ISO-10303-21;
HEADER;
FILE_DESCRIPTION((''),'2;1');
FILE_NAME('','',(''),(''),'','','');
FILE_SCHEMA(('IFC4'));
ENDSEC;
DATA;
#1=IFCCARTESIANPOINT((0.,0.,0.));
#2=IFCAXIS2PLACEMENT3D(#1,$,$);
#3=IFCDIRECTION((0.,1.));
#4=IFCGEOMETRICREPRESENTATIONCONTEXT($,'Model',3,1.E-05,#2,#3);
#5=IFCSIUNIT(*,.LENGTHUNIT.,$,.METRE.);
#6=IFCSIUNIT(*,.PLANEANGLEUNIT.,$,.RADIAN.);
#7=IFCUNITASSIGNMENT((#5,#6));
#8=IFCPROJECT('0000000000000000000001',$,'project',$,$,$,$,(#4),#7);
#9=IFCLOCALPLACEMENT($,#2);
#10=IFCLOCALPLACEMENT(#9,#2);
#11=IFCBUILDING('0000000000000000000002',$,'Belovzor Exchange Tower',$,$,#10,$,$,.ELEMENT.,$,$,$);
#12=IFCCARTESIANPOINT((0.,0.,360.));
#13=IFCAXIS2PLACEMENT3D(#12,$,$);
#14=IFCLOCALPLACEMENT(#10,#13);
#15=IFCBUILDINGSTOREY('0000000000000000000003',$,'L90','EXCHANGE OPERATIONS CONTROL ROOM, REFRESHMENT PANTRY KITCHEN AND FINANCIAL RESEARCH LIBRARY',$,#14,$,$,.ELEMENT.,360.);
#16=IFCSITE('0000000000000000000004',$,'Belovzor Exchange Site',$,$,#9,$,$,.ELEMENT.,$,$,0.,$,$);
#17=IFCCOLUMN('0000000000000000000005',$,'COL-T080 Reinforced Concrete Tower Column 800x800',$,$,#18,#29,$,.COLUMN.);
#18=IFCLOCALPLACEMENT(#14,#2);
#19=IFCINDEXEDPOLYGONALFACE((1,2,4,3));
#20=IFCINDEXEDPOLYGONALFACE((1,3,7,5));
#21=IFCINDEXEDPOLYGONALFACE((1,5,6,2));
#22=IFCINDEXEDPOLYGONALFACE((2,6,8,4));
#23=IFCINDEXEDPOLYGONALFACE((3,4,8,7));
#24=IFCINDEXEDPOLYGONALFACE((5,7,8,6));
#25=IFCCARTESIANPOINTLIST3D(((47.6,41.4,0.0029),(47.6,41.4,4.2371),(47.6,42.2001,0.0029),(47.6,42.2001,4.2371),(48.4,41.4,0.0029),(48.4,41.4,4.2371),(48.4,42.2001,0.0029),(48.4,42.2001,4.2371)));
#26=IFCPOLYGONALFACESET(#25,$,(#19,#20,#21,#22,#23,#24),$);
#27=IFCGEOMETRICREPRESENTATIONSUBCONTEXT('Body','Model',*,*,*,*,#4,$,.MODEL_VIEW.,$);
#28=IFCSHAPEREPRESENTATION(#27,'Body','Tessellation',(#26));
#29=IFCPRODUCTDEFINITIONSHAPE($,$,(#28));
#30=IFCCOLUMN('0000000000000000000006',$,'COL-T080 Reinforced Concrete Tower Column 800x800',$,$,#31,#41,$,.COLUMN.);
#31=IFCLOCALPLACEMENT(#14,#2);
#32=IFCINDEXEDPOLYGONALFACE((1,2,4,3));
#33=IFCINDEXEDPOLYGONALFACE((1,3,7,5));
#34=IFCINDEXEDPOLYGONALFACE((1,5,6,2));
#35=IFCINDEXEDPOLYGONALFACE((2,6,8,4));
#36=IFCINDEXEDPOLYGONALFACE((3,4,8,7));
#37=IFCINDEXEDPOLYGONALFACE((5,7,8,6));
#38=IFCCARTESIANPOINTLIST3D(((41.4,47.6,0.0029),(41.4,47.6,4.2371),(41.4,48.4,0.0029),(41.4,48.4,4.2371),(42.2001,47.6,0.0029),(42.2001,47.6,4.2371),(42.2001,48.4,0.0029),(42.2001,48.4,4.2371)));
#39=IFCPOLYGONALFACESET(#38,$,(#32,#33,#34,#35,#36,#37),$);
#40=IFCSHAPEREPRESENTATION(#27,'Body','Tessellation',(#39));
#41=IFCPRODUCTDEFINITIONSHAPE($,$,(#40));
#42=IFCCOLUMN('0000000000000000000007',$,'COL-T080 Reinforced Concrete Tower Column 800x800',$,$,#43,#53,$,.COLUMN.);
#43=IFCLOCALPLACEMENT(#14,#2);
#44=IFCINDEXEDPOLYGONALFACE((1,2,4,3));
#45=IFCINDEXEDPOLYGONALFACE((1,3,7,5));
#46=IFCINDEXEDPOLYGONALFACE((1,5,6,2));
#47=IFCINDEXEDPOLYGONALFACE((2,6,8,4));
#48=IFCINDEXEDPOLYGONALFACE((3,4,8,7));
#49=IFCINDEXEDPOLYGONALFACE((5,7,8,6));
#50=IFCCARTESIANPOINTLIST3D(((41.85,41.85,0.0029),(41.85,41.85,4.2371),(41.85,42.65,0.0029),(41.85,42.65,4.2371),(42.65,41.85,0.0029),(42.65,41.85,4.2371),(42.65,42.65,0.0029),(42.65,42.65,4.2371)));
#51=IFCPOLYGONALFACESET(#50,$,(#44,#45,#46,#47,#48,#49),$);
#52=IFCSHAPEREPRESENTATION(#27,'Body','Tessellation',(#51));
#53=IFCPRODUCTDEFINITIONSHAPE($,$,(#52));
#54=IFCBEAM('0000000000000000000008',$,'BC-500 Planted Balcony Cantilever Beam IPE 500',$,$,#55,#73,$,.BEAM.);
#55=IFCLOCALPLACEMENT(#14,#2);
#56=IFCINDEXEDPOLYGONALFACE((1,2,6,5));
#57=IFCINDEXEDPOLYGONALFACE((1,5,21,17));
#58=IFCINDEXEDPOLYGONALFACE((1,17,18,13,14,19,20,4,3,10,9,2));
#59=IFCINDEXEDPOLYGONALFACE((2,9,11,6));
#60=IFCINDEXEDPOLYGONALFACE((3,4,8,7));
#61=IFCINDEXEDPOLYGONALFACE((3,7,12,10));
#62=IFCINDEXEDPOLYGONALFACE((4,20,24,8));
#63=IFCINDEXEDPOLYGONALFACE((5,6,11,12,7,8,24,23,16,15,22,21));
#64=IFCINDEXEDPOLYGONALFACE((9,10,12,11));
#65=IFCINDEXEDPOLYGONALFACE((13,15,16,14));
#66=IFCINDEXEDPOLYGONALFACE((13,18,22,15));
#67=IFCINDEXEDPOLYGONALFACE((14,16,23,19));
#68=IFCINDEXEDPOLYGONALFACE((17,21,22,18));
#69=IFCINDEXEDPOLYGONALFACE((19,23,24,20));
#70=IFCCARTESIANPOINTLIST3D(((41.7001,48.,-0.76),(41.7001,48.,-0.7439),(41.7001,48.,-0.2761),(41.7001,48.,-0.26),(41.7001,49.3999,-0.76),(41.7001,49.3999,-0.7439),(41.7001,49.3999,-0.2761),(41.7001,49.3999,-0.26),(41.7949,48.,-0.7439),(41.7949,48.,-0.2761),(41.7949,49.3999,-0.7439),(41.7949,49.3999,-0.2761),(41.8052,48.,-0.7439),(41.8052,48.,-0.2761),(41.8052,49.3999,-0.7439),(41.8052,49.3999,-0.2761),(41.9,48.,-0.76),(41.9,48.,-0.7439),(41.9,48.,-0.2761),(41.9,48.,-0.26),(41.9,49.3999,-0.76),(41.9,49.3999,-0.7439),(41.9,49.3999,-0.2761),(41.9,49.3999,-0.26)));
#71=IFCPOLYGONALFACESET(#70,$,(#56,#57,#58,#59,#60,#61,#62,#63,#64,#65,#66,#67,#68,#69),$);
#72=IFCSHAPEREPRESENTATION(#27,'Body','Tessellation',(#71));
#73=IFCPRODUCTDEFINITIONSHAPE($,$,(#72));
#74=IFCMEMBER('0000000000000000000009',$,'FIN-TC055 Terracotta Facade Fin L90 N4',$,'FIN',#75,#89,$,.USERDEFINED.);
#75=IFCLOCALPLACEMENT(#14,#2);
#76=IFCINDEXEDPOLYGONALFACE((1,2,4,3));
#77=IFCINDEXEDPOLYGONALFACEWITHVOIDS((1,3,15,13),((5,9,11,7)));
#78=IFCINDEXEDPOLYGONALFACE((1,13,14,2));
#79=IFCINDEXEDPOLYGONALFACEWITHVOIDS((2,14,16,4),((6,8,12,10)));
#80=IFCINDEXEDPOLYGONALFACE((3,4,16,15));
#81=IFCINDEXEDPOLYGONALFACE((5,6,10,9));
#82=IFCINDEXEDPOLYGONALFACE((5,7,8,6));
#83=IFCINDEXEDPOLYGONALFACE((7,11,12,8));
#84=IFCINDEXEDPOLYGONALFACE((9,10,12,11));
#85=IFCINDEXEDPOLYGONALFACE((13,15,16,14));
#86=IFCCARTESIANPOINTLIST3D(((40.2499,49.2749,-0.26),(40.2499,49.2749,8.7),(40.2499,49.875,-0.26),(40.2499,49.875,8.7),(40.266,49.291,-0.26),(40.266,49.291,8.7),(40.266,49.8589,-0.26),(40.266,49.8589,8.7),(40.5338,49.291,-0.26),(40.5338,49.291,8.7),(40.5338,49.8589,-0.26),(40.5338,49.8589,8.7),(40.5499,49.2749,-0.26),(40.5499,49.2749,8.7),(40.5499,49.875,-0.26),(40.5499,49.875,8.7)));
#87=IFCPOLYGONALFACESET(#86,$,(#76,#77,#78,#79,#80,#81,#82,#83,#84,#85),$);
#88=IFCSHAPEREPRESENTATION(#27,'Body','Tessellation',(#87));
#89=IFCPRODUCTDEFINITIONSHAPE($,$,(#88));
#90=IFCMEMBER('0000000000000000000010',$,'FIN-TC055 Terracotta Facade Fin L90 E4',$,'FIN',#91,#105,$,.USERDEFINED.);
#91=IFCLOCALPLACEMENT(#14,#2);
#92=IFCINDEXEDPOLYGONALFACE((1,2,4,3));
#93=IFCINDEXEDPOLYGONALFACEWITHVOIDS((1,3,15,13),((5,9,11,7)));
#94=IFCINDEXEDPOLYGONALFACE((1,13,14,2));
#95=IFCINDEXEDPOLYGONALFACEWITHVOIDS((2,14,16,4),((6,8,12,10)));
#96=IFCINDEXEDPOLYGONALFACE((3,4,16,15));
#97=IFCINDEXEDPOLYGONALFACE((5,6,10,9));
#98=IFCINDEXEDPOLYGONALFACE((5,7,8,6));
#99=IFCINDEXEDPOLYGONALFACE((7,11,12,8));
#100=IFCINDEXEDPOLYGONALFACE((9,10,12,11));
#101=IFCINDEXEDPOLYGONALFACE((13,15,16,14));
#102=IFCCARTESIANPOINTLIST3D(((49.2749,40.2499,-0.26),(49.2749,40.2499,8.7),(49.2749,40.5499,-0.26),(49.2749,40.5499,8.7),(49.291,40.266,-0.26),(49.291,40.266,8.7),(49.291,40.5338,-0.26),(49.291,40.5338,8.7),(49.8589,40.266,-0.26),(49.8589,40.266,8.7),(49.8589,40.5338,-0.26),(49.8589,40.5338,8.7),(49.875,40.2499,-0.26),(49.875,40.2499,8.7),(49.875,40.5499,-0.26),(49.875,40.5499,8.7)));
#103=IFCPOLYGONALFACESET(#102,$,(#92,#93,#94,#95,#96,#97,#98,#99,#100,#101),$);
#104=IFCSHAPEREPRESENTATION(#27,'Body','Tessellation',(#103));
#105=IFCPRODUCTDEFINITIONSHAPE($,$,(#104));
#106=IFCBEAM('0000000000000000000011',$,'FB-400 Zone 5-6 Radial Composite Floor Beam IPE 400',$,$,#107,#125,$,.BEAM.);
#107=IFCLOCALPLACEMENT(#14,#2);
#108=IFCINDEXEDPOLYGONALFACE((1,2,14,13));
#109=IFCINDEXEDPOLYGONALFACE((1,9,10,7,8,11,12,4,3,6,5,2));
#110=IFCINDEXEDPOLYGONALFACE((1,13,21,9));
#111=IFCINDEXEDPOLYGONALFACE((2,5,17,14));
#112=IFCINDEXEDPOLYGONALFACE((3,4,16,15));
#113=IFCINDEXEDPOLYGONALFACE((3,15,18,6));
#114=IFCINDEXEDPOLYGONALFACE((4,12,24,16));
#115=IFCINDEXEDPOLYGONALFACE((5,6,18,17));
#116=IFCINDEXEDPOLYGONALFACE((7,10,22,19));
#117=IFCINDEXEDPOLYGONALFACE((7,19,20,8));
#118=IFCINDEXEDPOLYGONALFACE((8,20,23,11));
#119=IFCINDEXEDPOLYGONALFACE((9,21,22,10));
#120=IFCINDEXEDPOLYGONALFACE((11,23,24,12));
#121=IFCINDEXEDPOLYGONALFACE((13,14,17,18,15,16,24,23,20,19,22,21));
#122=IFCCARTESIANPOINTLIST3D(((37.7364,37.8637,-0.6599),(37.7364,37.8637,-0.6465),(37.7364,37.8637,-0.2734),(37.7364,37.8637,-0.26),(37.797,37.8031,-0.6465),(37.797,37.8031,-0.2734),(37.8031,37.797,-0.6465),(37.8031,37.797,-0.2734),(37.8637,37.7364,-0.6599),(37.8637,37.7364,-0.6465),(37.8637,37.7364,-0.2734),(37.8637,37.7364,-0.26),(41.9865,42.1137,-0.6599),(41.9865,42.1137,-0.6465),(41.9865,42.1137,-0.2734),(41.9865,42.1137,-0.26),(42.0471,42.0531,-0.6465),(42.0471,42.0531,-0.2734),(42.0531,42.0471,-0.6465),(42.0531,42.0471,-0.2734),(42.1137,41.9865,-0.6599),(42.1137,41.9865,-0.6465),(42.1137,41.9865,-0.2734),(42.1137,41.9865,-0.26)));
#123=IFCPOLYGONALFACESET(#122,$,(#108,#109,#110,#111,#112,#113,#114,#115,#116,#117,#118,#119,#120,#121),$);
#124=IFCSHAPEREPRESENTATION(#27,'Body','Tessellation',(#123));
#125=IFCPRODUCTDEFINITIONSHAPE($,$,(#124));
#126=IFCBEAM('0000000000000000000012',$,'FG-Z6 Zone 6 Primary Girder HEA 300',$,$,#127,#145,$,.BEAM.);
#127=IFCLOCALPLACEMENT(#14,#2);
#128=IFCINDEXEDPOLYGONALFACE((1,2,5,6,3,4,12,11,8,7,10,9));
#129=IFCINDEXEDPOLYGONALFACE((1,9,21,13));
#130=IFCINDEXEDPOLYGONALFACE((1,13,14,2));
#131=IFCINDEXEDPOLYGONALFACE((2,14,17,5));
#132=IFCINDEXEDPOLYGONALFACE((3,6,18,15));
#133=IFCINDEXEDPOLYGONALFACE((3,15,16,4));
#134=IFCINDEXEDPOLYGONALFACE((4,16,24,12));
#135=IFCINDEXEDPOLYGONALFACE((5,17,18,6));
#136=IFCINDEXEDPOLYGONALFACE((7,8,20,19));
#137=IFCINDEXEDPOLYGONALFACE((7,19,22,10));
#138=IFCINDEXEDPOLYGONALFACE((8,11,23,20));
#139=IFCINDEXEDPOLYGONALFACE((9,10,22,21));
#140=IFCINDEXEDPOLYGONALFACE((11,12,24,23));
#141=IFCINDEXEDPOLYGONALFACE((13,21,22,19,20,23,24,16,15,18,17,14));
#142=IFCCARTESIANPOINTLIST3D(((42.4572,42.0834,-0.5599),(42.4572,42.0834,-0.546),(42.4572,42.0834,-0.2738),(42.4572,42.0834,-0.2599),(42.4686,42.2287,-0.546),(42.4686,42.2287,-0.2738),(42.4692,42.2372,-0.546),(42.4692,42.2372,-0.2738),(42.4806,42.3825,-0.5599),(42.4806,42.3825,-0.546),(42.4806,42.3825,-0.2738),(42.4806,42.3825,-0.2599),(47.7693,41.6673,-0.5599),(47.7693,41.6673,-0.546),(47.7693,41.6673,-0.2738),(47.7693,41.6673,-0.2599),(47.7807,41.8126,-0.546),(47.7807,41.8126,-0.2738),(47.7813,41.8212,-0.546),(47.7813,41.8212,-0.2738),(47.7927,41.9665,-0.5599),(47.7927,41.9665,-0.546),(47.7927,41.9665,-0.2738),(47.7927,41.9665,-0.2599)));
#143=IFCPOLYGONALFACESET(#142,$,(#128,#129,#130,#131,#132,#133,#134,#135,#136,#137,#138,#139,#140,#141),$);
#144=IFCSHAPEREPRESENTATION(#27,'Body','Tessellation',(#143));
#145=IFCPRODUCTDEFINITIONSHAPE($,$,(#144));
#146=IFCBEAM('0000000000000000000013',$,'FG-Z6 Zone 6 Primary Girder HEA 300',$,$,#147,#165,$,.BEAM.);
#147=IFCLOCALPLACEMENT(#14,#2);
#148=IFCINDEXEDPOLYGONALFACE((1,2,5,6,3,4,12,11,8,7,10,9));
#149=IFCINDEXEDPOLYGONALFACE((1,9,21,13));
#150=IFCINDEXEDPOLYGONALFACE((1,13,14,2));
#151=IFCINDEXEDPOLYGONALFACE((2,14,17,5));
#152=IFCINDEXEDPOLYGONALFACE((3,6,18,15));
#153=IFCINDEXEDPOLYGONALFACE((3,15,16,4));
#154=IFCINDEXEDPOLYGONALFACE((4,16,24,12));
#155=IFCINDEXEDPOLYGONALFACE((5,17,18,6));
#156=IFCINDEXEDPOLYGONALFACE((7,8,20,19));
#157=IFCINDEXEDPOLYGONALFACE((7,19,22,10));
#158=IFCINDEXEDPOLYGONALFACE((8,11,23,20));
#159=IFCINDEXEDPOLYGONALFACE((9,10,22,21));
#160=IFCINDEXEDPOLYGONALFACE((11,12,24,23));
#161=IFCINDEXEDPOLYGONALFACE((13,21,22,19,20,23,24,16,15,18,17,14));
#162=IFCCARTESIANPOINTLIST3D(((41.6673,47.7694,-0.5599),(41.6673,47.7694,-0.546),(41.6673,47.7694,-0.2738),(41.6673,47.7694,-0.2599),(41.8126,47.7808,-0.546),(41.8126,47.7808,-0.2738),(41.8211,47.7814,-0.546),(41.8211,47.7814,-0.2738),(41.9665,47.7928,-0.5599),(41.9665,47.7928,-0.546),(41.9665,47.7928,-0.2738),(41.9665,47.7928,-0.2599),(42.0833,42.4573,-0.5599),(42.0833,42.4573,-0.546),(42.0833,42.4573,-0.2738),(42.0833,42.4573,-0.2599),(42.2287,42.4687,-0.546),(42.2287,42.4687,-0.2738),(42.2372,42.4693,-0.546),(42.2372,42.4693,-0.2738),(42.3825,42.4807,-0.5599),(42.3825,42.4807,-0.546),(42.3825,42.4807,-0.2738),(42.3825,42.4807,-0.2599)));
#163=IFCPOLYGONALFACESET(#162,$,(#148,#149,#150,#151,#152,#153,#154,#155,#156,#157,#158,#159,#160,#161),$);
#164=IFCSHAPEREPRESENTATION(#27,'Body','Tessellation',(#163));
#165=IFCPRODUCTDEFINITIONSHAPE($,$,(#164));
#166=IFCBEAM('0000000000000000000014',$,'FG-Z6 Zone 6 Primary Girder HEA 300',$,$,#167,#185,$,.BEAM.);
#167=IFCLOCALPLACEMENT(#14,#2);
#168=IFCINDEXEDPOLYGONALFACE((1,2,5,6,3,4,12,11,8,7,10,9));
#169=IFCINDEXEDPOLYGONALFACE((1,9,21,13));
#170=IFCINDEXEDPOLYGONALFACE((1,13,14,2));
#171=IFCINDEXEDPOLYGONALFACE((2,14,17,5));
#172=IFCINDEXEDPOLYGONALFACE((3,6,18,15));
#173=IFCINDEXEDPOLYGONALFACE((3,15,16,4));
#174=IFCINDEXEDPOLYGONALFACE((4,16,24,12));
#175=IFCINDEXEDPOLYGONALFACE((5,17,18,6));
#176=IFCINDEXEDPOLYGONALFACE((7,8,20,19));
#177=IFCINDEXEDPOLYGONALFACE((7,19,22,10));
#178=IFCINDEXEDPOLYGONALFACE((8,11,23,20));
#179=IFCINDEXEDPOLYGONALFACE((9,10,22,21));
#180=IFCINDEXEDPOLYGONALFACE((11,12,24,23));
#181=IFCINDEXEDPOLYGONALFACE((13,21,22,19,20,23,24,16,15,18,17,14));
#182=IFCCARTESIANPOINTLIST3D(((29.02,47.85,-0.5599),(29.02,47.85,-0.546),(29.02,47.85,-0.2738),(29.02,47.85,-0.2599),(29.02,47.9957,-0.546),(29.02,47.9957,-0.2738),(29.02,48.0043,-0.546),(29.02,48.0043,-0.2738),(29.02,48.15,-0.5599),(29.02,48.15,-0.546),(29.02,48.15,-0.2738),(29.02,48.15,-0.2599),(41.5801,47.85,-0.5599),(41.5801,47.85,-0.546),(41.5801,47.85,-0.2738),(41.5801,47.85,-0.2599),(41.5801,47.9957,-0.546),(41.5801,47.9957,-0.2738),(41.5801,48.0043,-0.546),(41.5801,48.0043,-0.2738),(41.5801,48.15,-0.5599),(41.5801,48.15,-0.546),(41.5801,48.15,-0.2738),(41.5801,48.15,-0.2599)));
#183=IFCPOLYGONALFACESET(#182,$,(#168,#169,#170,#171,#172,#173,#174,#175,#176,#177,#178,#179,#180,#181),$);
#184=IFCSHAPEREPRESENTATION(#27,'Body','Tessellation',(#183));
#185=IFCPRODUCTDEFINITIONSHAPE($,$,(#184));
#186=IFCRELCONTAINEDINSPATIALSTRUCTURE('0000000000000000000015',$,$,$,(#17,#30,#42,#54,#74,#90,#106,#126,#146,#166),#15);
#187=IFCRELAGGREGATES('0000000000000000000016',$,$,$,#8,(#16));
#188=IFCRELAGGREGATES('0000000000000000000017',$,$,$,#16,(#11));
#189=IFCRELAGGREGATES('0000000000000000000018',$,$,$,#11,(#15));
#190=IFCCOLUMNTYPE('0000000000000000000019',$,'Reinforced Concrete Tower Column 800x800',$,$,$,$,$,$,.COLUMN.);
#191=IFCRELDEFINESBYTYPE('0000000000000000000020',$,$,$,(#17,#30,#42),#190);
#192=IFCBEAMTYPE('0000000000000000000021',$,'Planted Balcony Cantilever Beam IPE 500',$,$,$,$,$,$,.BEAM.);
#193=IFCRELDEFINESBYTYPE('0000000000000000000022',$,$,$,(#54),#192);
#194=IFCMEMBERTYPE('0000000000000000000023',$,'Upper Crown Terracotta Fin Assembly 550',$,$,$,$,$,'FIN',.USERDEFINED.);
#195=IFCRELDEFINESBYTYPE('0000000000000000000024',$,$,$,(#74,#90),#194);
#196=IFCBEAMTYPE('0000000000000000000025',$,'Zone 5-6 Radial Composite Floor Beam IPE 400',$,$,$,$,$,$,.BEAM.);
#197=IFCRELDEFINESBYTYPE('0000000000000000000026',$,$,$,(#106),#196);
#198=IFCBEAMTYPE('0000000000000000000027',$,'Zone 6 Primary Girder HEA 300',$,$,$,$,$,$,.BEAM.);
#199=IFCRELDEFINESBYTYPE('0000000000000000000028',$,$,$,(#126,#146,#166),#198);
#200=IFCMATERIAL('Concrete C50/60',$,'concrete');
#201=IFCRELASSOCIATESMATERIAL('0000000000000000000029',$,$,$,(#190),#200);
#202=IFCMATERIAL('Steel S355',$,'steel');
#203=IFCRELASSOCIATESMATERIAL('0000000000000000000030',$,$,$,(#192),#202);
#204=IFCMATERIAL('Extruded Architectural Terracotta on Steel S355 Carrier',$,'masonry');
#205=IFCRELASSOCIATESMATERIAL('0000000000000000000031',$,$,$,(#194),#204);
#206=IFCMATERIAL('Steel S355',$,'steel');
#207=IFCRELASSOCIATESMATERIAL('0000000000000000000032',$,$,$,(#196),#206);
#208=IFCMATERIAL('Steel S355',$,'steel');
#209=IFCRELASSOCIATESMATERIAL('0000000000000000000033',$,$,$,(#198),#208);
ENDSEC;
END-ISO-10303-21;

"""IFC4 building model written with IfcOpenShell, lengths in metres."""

from ifc_helpers import new_model, si_unit, direction, frame, origin, origin_2d, place, context, subcontext, project, spatial, rectangle, hollow_rectangle, i_section, extrude, material, material_profile, profile_set, type_object, element, save


model = new_model("IFC4")

# Units and contexts
model_context = context("Model", 3, precision=1e-05, world=origin(), true_north=direction((0.0, 1.0)))
body_context = subcontext(model_context, "Body", "Model", "MODEL_VIEW")
ifc_project = project(units=[si_unit("LENGTHUNIT", "METRE"), si_unit("PLANEANGLEUNIT", "RADIAN")], contexts=[model_context])

# Site, building, storey
site_placement = place(None, origin())
site = spatial("IfcSite", under=ifc_project, at=site_placement, Name="Belovzor Exchange Site", CompositionType="ELEMENT", RefElevation=0.0)
building_placement = place(site_placement, origin())
building = spatial("IfcBuilding", under=site, at=building_placement, Name="Belovzor Exchange Tower", CompositionType="ELEMENT")
storey_placement = place(building_placement, frame((0.0, 0.0, 360.0)))
storey = spatial("IfcBuildingStorey", under=building, at=storey_placement, Name="L90", Description="EXCHANGE OPERATIONS CONTROL ROOM, REFRESHMENT PANTRY KITCHEN AND FINANCIAL RESEARCH LIBRARY", CompositionType="ELEMENT", Elevation=360.0)

# Columns
ifc_material_1 = material(Name="Concrete C50/60", Category="concrete")
ifc_material_profile_1 = material_profile(ifc_material_1, rectangle(XDim=0.8, YDim=0.8, at=origin_2d()))
ifc_profile_set_1 = profile_set([ifc_material_profile_1], Name="Concrete C50/60")
column_type = type_object("IfcColumnType", Name="Reinforced Concrete Tower Column 800x800", PredefinedType="COLUMN", material=ifc_profile_set_1)
for number, where, z_axis, x_axis, name in (
    (1, (48.0, 41.8, 0.0029), (0.0, 0.0, 1.0), (1.0, 0.0, 0.0), "COL-T080 Reinforced Concrete Tower Column 800x800"),
    (2, (41.8, 48.0, 0.0029), (0.0, 0.0, 1.0), (1.0, 0.0, 0.0), "COL-T080 Reinforced Concrete Tower Column 800x800"),
    (3, (42.25, 42.25, 0.0029), (0.0, 0.0, 1.0), (1.0, 0.0, 0.0), "COL-T080 Reinforced Concrete Tower Column 800x800"),
):
    element("IfcColumn", number, at=place(storey_placement, frame(where, z_axis=z_axis, x_axis=x_axis)), inside=storey, type_object=column_type, Name=name, PredefinedType="COLUMN", context=body_context, shape_type="SweptSolid", body=[
        extrude(rectangle(XDim=0.8, YDim=0.8, at=origin_2d()), origin(), (0.0, 0.0, 1.0), 4.2341),
    ])

# Beam
ifc_material_2 = material(Name="Steel S355", Category="steel")
ifc_material_profile_2 = material_profile(ifc_material_2, i_section(OverallWidth=0.2, OverallDepth=0.5, WebThickness=0.0103, FlangeThickness=0.0161, at=origin_2d()))
ifc_profile_set_2 = profile_set([ifc_material_profile_2], Name="Steel S355")
beam_type_1 = type_object("IfcBeamType", Name="Planted Balcony Cantilever Beam IPE 500", PredefinedType="BEAM", material=ifc_profile_set_2)
beam_1_placement = place(storey_placement, frame((41.8, 48.0, -0.51), z_axis=(0.0, 1.0, 0.0), x_axis=(-1.0, 0.0, 0.0)))
element("IfcBeam", 4, at=beam_1_placement, inside=storey, type_object=beam_type_1, Name="BC-500 Planted Balcony Cantilever Beam IPE 500", PredefinedType="BEAM", context=body_context, shape_type="SweptSolid", body=[
    extrude(i_section(OverallWidth=0.2, OverallDepth=0.5, WebThickness=0.0103, FlangeThickness=0.0161, at=origin_2d()), origin(), (0.0, 0.0, 1.0), 1.3999),
])

# Members
ifc_material_3 = material(Name="Extruded Architectural Terracotta on Steel S355 Carrier", Category="masonry")
ifc_material_profile_3 = material_profile(ifc_material_3, hollow_rectangle(XDim=0.3, YDim=0.6001, WallThickness=0.0161, at=origin_2d()))
ifc_profile_set_3 = profile_set([ifc_material_profile_3], Name="Extruded Architectural Terracotta on Steel S355 Carrier")
member_type = type_object("IfcMemberType", Name="Upper Crown Terracotta Fin Assembly 550", ElementType="FIN", PredefinedType="USERDEFINED", material=ifc_profile_set_3)
for number, where, z_axis, x_axis, name in (
    (5, (40.3999, 49.575, -0.26), (0.0, 0.0, 1.0), (1.0, 0.0, 0.0), "FIN-TC055 Terracotta Facade Fin L90 N4"),
    (6, (49.575, 40.3999, -0.26), (0.0, 0.0, 1.0), (0.0, 1.0, 0.0), "FIN-TC055 Terracotta Facade Fin L90 E4"),
):
    element("IfcMember", number, at=place(storey_placement, frame(where, z_axis=z_axis, x_axis=x_axis)), inside=storey, type_object=member_type, Name=name, ObjectType="FIN", PredefinedType="USERDEFINED", context=body_context, shape_type="SweptSolid", body=[
        extrude(hollow_rectangle(XDim=0.3, YDim=0.6001, WallThickness=0.0161, at=origin_2d()), origin(), (0.0, 0.0, 1.0), 8.96),
    ])

# Beams
ifc_material_4 = material(Name="Steel S355", Category="steel")
ifc_material_profile_4 = material_profile(ifc_material_4, i_section(OverallWidth=0.1799, OverallDepth=0.3999, WebThickness=0.0085, FlangeThickness=0.0134, at=origin_2d()))
ifc_profile_set_4 = profile_set([ifc_material_profile_4], Name="Steel S355")
beam_type_2 = type_object("IfcBeamType", Name="Zone 5-6 Radial Composite Floor Beam IPE 400", PredefinedType="BEAM", material=ifc_profile_set_4)
beam_2_placement = place(storey_placement, frame((37.8, 37.8, -0.46), z_axis=(0.707107, 0.707107, 0.0), x_axis=(-0.707107, 0.707107, 0.0)))
element("IfcBeam", 7, at=beam_2_placement, inside=storey, type_object=beam_type_2, Name="FB-400 Zone 5-6 Radial Composite Floor Beam IPE 400", PredefinedType="BEAM", context=body_context, shape_type="SweptSolid", body=[
    extrude(i_section(OverallWidth=0.1799, OverallDepth=0.3999, WebThickness=0.0085, FlangeThickness=0.0134, at=origin_2d()), origin(), (0.0, 0.0, 1.0), 6.0105),
])
ifc_material_5 = material(Name="Steel S355", Category="steel")
ifc_material_profile_5 = material_profile(ifc_material_5, i_section(OverallWidth=0.3, OverallDepth=0.3, WebThickness=0.0085, FlangeThickness=0.0139, at=origin_2d()))
ifc_profile_set_5 = profile_set([ifc_material_profile_5], Name="Steel S355")
beam_type_3 = type_object("IfcBeamType", Name="Zone 6 Primary Girder HEA 300", PredefinedType="BEAM", material=ifc_profile_set_5)
for number, where, z_axis, x_axis, name in (
    (8, (47.781, 41.8169, -0.4099), (-0.996947, 0.078077, 0.0), (-0.078077, -0.996947, 0.0), "FG-Z6 Zone 6 Primary Girder HEA 300"),
    (9, (42.2329, 42.469, -0.4099), (-0.078077, 0.996947, 0.0), (-0.996947, -0.078077, 0.0), "FG-Z6 Zone 6 Primary Girder HEA 300"),
):
    element("IfcBeam", number, at=place(storey_placement, frame(where, z_axis=z_axis, x_axis=x_axis)), inside=storey, type_object=beam_type_3, Name=name, PredefinedType="BEAM", context=body_context, shape_type="SweptSolid", body=[
        extrude(i_section(OverallWidth=0.3, OverallDepth=0.3, WebThickness=0.0085, FlangeThickness=0.0139, at=origin_2d()), origin(), (0.0, 0.0, 1.0), 5.3284),
    ])
beam_3_placement = place(storey_placement, frame((41.5801, 48.0, -0.4099), z_axis=(-1.0, 0.0, 0.0), x_axis=(0.0, -1.0, 0.0)))
element("IfcBeam", 10, at=beam_3_placement, inside=storey, type_object=beam_type_3, Name="FG-Z6 Zone 6 Primary Girder HEA 300", PredefinedType="BEAM", context=body_context, shape_type="SweptSolid", body=[
    extrude(i_section(OverallWidth=0.3, OverallDepth=0.3, WebThickness=0.0085, FlangeThickness=0.0139, at=origin_2d()), origin(), (0.0, 0.0, 1.0), 12.5601),
])

save(model, "model.ifc")
